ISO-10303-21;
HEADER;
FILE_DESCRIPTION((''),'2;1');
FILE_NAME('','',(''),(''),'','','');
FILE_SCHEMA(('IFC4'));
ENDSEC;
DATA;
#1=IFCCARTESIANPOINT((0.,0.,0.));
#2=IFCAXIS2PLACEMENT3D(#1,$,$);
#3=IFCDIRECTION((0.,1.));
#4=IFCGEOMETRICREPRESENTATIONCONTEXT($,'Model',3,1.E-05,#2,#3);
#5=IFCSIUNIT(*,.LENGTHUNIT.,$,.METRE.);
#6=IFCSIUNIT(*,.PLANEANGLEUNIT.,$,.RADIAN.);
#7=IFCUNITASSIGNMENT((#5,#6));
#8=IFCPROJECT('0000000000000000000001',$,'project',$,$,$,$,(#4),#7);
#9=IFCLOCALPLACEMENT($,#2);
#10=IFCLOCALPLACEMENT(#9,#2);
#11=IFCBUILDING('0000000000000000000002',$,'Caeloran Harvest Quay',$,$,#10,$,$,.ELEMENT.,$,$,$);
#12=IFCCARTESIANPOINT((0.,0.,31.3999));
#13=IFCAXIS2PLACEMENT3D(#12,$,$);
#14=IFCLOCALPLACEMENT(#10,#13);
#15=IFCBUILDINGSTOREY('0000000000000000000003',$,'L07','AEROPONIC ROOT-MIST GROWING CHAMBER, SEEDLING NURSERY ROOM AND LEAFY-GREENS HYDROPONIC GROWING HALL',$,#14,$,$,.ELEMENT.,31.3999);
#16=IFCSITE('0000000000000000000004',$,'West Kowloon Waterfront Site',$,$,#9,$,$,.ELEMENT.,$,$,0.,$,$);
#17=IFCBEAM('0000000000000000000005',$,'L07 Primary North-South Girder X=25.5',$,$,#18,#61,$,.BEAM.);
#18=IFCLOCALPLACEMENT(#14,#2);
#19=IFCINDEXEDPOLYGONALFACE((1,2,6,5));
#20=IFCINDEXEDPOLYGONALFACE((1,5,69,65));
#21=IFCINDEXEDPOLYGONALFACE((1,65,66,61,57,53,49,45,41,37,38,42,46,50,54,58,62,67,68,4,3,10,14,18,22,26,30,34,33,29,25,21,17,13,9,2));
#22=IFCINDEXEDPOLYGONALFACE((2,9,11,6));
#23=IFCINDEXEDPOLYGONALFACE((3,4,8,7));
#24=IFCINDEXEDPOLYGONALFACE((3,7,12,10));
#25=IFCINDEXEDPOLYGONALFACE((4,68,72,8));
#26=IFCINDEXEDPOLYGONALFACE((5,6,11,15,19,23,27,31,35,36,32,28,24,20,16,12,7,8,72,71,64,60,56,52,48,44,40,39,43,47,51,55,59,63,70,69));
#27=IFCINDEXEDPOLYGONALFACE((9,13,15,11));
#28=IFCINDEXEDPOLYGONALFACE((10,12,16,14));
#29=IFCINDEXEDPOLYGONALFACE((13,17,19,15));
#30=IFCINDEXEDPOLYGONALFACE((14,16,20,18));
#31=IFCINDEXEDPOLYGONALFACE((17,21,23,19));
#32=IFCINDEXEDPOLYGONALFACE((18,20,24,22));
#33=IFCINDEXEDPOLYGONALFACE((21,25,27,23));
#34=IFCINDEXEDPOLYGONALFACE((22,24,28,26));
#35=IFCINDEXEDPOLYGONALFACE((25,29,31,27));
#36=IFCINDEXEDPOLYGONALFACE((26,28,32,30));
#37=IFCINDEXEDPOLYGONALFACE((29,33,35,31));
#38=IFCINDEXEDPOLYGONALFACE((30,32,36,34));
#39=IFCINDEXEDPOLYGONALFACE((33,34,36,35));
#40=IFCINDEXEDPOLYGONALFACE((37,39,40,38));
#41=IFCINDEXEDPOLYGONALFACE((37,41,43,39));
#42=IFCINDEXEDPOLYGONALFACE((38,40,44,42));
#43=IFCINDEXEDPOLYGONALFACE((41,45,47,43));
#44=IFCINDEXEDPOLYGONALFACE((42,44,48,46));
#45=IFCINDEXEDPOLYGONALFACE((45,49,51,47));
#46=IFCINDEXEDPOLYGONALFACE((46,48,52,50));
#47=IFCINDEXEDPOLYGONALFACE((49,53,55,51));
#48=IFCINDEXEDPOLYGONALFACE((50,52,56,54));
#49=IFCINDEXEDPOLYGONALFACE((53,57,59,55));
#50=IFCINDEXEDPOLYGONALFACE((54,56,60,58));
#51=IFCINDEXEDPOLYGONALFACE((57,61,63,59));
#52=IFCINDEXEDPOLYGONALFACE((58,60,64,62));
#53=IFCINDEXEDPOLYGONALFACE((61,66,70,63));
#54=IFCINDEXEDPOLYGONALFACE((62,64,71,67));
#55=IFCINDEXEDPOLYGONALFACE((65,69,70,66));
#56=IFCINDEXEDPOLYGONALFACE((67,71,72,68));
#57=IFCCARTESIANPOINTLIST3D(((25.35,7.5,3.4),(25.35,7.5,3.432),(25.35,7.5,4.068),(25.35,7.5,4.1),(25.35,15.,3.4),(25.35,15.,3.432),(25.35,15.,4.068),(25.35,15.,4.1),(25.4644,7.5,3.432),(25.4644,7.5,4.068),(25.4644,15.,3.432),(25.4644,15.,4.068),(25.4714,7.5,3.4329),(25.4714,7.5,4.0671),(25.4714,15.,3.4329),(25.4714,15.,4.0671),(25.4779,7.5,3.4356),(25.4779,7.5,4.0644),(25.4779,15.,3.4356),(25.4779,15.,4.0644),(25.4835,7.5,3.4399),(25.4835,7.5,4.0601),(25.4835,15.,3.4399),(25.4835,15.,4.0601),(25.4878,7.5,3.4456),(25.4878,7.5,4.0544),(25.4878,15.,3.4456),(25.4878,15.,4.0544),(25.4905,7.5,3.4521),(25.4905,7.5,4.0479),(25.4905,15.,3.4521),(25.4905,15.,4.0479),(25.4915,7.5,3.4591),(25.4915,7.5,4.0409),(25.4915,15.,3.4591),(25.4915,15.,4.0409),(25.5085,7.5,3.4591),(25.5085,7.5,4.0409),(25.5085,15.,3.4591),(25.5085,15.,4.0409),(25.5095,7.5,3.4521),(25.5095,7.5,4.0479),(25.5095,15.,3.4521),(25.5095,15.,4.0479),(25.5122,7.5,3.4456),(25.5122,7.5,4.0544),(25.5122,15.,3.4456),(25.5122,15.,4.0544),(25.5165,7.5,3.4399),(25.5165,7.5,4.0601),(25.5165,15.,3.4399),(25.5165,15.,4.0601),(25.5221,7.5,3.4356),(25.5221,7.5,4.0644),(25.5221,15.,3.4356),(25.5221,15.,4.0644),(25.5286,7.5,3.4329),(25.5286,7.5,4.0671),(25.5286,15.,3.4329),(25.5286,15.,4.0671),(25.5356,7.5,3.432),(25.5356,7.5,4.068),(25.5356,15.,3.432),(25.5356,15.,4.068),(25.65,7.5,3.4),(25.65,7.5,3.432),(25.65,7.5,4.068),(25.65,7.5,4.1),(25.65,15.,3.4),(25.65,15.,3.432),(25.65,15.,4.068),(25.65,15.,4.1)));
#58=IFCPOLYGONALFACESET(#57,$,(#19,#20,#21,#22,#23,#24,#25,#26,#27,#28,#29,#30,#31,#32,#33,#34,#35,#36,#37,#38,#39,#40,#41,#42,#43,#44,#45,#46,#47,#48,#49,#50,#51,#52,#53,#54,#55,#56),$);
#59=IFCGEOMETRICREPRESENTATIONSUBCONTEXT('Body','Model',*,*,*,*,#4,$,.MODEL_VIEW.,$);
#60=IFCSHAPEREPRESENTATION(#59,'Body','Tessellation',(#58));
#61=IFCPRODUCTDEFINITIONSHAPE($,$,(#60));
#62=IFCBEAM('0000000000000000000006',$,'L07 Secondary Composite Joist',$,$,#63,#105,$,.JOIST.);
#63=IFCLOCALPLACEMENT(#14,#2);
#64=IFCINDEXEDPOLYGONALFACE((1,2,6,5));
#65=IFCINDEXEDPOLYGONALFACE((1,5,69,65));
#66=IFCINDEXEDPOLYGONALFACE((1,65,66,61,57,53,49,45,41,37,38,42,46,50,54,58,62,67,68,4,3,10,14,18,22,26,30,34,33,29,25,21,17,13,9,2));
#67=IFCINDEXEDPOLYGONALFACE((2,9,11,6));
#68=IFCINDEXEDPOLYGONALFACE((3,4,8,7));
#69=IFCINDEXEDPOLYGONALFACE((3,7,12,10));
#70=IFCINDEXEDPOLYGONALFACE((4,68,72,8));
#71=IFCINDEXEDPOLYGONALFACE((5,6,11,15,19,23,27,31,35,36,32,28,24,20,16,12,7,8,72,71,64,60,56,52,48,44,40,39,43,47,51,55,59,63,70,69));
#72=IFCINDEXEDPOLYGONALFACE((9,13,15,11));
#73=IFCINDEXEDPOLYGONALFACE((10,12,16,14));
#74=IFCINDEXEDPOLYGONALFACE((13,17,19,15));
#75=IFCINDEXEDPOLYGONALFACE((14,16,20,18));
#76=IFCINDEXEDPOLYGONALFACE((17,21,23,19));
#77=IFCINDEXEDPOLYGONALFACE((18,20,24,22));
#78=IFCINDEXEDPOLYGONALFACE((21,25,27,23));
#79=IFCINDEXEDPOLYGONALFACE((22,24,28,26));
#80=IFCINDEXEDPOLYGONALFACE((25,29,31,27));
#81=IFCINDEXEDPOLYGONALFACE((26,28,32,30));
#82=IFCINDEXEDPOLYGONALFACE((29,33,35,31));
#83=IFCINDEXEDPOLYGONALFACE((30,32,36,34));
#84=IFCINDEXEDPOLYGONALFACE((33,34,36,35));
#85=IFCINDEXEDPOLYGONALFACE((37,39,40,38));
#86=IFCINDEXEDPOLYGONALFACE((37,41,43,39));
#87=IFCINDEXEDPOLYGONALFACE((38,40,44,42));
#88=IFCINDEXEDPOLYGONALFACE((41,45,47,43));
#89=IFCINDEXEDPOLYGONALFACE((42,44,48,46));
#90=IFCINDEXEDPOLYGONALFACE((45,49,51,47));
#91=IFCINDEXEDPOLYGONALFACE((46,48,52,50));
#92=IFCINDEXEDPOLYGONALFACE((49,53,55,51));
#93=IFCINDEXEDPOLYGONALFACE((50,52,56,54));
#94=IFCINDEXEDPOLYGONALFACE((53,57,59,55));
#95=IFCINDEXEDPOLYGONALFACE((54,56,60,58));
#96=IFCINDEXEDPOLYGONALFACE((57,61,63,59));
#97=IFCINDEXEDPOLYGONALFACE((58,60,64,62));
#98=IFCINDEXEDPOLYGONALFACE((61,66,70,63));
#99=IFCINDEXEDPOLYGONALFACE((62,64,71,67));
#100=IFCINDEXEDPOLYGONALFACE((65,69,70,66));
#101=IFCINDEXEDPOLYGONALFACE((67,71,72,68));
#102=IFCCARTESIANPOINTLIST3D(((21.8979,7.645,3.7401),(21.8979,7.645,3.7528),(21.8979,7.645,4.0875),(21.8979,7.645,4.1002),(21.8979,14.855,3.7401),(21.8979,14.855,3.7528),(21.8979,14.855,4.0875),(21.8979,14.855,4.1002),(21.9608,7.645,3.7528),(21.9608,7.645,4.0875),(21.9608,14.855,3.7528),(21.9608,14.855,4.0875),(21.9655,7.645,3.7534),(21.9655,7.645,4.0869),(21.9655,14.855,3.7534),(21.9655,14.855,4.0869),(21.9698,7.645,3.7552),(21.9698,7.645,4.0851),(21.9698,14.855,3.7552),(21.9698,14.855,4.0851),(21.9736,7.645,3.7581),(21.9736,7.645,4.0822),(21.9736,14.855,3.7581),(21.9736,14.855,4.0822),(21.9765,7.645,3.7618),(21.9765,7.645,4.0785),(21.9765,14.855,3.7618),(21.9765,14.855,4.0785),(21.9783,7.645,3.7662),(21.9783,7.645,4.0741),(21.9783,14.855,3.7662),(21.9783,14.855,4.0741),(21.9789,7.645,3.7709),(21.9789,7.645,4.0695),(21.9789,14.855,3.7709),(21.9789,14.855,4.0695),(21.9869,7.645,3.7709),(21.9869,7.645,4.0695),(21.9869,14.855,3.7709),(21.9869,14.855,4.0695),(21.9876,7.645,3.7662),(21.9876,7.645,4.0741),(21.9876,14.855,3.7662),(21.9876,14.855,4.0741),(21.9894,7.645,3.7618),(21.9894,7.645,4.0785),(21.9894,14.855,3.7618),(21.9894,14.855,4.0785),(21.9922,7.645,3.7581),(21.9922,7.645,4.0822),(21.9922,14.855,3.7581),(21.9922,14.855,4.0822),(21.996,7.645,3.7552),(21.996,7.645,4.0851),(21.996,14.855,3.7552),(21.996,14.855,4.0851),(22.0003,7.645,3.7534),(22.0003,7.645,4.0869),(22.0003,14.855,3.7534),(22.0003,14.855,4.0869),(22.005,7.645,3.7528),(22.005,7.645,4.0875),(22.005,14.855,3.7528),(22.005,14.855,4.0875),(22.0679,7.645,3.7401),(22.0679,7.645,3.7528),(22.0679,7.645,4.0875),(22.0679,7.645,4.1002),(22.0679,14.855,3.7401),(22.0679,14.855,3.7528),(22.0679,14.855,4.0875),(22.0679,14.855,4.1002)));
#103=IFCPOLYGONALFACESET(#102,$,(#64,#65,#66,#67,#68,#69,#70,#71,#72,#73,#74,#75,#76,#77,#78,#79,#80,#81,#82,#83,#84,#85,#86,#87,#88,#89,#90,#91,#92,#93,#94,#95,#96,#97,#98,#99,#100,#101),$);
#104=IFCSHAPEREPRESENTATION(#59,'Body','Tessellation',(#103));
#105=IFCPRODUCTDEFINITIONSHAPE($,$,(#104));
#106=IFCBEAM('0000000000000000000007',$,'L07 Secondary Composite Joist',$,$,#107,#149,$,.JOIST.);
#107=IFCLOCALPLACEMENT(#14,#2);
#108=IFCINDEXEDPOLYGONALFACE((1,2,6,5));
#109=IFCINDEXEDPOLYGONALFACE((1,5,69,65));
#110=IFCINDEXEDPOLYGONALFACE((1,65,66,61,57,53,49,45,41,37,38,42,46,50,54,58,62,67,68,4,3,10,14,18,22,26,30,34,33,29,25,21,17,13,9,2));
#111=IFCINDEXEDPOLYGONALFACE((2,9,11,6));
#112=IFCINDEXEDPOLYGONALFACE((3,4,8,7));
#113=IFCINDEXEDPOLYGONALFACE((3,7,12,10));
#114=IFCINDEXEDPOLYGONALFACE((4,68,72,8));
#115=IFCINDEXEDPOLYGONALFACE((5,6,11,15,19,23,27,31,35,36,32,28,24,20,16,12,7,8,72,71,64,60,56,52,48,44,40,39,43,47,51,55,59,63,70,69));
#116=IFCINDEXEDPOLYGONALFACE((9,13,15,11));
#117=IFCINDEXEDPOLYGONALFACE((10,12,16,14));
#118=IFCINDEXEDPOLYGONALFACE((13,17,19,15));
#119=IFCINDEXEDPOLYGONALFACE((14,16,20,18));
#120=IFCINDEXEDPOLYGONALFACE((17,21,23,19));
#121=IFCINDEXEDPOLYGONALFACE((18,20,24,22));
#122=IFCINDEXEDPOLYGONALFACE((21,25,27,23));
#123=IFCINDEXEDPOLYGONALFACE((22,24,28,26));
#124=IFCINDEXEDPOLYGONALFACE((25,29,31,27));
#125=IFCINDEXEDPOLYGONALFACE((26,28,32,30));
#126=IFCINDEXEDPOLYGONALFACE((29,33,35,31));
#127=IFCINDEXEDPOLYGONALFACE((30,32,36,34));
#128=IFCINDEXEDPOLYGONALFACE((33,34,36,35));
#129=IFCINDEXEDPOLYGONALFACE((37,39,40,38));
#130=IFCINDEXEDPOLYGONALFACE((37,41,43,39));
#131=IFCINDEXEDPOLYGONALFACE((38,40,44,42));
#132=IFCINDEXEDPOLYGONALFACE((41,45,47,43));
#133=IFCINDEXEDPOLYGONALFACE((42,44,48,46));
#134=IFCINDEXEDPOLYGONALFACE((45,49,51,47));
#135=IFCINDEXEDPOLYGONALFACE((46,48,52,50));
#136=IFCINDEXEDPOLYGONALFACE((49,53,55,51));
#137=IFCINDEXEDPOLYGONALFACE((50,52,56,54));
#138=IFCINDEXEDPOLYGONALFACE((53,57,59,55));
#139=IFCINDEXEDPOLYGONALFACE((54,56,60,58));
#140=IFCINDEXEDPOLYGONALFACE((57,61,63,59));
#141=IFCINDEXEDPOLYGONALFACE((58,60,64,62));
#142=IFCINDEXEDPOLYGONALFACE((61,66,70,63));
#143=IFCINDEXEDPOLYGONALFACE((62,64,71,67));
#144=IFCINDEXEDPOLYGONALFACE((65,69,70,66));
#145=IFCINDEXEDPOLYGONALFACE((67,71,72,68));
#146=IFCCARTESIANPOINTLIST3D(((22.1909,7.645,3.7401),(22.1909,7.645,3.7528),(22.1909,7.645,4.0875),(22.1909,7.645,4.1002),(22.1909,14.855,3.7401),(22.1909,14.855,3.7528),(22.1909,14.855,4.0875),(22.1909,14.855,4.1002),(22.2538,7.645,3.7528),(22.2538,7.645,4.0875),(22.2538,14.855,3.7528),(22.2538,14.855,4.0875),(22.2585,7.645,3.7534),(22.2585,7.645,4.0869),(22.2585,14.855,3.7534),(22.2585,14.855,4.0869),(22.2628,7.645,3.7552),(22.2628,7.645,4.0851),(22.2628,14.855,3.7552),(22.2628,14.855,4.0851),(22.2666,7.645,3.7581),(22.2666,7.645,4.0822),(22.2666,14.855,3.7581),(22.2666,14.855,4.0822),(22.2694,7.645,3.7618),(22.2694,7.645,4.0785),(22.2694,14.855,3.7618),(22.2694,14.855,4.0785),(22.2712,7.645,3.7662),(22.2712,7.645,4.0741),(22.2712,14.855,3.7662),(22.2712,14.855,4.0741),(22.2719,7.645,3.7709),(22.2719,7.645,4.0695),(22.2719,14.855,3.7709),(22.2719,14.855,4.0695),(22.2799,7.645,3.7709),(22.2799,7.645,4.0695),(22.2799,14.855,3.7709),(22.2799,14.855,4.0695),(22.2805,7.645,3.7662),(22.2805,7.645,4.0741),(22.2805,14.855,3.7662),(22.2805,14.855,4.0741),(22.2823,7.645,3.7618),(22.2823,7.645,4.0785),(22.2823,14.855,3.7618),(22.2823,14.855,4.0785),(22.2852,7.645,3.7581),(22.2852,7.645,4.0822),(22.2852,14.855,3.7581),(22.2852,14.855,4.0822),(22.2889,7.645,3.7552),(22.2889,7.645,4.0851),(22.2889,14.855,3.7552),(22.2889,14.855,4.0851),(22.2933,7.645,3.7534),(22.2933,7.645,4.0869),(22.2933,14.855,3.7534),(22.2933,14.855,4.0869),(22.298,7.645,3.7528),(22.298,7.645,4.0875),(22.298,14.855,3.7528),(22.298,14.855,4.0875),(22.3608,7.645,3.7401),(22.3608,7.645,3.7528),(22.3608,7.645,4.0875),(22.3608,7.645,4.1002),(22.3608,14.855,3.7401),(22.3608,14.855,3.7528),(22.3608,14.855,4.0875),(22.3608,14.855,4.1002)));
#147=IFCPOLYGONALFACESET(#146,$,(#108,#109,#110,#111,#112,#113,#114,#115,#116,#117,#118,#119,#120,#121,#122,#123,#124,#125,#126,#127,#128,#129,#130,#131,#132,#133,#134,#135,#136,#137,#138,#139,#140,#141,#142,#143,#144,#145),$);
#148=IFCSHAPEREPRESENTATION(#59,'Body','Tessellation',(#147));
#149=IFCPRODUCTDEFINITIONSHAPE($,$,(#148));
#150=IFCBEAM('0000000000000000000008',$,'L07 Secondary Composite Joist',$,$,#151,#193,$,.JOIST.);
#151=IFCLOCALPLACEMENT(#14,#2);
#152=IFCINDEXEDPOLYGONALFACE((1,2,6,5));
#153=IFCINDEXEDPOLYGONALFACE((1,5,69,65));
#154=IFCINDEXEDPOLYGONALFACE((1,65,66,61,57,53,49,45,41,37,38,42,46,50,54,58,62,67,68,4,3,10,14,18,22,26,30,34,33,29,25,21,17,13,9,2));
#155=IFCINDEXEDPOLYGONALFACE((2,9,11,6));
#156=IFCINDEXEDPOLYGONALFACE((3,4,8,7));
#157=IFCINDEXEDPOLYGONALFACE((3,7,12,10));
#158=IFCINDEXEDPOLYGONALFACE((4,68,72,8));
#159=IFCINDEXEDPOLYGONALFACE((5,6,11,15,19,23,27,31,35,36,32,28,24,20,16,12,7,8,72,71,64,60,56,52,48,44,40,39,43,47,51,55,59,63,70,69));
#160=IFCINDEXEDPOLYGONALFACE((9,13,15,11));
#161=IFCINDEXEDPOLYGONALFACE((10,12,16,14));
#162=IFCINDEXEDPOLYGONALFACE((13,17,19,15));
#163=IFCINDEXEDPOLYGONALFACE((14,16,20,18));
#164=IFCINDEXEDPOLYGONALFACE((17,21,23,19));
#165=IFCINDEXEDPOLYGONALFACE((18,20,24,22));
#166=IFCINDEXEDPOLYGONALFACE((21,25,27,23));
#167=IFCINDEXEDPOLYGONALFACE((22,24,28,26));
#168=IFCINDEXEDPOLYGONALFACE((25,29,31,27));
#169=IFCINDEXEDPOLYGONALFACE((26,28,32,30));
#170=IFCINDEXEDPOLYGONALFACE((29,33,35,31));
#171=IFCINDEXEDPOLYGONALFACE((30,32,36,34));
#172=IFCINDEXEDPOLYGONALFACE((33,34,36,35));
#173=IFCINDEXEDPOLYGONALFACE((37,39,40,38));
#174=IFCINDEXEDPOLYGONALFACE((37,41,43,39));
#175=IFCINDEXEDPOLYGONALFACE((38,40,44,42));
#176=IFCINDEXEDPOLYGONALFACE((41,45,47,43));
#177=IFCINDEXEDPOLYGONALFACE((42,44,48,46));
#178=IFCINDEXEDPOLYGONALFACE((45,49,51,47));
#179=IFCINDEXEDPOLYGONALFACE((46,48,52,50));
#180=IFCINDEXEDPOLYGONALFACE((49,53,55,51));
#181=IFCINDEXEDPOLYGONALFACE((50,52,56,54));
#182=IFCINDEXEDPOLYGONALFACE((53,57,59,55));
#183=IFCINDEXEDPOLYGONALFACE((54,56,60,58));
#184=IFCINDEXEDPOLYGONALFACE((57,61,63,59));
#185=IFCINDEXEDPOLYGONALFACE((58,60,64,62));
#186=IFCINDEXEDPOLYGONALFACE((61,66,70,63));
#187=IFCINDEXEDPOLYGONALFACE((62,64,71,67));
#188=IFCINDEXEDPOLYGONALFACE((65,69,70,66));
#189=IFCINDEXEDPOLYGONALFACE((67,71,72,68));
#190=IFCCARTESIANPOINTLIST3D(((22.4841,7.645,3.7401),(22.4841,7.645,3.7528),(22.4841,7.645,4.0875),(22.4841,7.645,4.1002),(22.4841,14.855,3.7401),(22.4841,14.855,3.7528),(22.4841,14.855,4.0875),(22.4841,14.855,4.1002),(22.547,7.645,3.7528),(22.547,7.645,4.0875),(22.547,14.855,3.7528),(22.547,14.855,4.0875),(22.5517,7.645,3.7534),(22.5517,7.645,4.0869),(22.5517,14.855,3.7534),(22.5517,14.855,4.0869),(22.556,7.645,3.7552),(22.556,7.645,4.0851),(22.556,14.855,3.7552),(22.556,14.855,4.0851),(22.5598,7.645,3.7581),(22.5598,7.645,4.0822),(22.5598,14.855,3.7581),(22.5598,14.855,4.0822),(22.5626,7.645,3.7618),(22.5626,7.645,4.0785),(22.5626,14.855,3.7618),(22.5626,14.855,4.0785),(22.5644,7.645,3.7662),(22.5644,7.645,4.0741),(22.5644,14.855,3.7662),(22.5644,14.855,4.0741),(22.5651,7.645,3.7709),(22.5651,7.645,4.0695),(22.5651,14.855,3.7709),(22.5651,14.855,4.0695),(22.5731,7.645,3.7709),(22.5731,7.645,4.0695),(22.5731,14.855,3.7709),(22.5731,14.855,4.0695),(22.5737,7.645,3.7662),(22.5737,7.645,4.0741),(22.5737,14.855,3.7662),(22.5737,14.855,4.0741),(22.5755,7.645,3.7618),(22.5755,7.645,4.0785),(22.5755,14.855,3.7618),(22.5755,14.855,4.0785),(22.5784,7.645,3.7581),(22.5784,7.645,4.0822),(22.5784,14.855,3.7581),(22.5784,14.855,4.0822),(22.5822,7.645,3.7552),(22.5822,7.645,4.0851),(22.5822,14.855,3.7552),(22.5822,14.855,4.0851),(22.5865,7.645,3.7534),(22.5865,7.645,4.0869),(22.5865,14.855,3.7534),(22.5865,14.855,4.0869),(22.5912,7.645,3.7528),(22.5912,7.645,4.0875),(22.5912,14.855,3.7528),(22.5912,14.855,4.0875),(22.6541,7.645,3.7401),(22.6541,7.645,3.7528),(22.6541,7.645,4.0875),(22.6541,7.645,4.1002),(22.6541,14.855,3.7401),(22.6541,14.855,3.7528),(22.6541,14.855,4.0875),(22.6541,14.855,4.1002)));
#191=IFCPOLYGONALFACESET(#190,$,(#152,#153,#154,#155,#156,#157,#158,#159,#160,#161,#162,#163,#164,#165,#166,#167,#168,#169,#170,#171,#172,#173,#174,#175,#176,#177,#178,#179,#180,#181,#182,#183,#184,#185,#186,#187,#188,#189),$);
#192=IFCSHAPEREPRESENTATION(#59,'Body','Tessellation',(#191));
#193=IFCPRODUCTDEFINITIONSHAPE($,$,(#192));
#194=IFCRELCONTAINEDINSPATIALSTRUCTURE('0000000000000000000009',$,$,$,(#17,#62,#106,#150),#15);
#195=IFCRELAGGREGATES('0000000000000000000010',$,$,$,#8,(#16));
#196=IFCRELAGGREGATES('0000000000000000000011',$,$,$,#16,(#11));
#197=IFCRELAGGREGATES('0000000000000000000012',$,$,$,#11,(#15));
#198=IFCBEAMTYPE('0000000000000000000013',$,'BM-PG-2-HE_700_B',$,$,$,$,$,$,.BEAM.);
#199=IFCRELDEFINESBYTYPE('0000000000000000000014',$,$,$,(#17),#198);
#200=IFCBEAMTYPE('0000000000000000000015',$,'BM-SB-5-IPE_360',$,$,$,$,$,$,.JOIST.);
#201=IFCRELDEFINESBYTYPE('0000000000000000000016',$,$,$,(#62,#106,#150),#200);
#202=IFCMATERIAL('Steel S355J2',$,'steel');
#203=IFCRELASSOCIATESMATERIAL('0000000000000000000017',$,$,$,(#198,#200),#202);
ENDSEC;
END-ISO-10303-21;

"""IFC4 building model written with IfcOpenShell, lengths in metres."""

from ifc_helpers import new_model, si_unit, direction, frame, origin, origin_2d, place, context, subcontext, project, spatial, i_section, extrude, material, material_profile, profile_set, type_object, element, save


model = new_model("IFC4")

# Units and contexts
model_context = context("Model", 3, precision=1e-05, world=origin(), true_north=direction((0.0, 1.0)))
body_context = subcontext(model_context, "Body", "Model", "MODEL_VIEW")
ifc_project = project(units=[si_unit("LENGTHUNIT", "METRE"), si_unit("PLANEANGLEUNIT", "RADIAN")], contexts=[model_context])

# Site, building, storey
site_placement = place(None, origin())
site = spatial("IfcSite", under=ifc_project, at=site_placement, Name="West Kowloon Waterfront Site", CompositionType="ELEMENT", RefElevation=0.0)
building_placement = place(site_placement, origin())
building = spatial("IfcBuilding", under=site, at=building_placement, Name="Caeloran Harvest Quay", CompositionType="ELEMENT")
storey_placement = place(building_placement, frame((0.0, 0.0, 31.3999)))
storey = spatial("IfcBuildingStorey", under=building, at=storey_placement, Name="L07", Description="AEROPONIC ROOT-MIST GROWING CHAMBER, SEEDLING NURSERY ROOM AND LEAFY-GREENS HYDROPONIC GROWING HALL", CompositionType="ELEMENT", Elevation=31.3999)

# Beams
ifc_material_1 = material(Name="Steel S355J2", Category="steel")
ifc_material_profile_1 = material_profile(ifc_material_1, i_section(OverallWidth=0.3, OverallDepth=0.7, WebThickness=0.0171, FlangeThickness=0.032, FilletRadius=0.0271, at=origin_2d()), Name="HE 700 B")
ifc_profile_set_1 = profile_set([ifc_material_profile_1], Name="Steel S355J2")
beam_type_1 = type_object("IfcBeamType", Name="BM-PG-2-HE_700_B", PredefinedType="BEAM", material=ifc_profile_set_1)
beam_1_placement = place(storey_placement, frame((25.5, 7.5, 3.75), z_axis=(0.0, 1.0, 0.0), x_axis=(-1.0, 0.0, 0.0)))
element("IfcBeam", 1, at=beam_1_placement, inside=storey, type_object=beam_type_1, Name="L07 Primary North-South Girder X=25.5", PredefinedType="BEAM", context=body_context, shape_type="SweptSolid", body=[
    extrude(i_section(OverallWidth=0.3, OverallDepth=0.7, WebThickness=0.0171, FlangeThickness=0.032, FilletRadius=0.0271, at=origin_2d()), origin(), (0.0, 0.0, 1.0), 7.5),
])
ifc_material_profile_2 = material_profile(ifc_material_1, i_section(OverallWidth=0.1699, OverallDepth=0.3601, WebThickness=0.0081, FlangeThickness=0.0127, FilletRadius=0.0181, at=origin_2d()), Name="IPE 360")
ifc_profile_set_2 = profile_set([ifc_material_profile_2], Name="Steel S355J2")
beam_type_2 = type_object("IfcBeamType", Name="BM-SB-5-IPE_360", PredefinedType="JOIST", material=ifc_profile_set_2)
for number, where, z_axis, x_axis, name in (
    (2, (21.9829, 7.645, 3.9202), (0.0, 1.0, 0.0), (-1.0, 0.0, 0.0), "L07 Secondary Composite Joist"),
    (3, (22.2759, 7.645, 3.9202), (0.0, 1.0, 0.0), (-1.0, 0.0, 0.0), "L07 Secondary Composite Joist"),
    (4, (22.5691, 7.645, 3.9202), (0.0, 1.0, 0.0), (-1.0, 0.0, 0.0), "L07 Secondary Composite Joist"),
):
    element("IfcBeam", number, at=place(storey_placement, frame(where, z_axis=z_axis, x_axis=x_axis)), inside=storey, type_object=beam_type_2, Name=name, PredefinedType="JOIST", context=body_context, shape_type="SweptSolid", body=[
        extrude(i_section(OverallWidth=0.1699, OverallDepth=0.3601, WebThickness=0.0081, FlangeThickness=0.0127, FilletRadius=0.0181, at=origin_2d()), origin(), (0.0, 0.0, 1.0), 7.21),
    ])

save(model, "model.ifc")
